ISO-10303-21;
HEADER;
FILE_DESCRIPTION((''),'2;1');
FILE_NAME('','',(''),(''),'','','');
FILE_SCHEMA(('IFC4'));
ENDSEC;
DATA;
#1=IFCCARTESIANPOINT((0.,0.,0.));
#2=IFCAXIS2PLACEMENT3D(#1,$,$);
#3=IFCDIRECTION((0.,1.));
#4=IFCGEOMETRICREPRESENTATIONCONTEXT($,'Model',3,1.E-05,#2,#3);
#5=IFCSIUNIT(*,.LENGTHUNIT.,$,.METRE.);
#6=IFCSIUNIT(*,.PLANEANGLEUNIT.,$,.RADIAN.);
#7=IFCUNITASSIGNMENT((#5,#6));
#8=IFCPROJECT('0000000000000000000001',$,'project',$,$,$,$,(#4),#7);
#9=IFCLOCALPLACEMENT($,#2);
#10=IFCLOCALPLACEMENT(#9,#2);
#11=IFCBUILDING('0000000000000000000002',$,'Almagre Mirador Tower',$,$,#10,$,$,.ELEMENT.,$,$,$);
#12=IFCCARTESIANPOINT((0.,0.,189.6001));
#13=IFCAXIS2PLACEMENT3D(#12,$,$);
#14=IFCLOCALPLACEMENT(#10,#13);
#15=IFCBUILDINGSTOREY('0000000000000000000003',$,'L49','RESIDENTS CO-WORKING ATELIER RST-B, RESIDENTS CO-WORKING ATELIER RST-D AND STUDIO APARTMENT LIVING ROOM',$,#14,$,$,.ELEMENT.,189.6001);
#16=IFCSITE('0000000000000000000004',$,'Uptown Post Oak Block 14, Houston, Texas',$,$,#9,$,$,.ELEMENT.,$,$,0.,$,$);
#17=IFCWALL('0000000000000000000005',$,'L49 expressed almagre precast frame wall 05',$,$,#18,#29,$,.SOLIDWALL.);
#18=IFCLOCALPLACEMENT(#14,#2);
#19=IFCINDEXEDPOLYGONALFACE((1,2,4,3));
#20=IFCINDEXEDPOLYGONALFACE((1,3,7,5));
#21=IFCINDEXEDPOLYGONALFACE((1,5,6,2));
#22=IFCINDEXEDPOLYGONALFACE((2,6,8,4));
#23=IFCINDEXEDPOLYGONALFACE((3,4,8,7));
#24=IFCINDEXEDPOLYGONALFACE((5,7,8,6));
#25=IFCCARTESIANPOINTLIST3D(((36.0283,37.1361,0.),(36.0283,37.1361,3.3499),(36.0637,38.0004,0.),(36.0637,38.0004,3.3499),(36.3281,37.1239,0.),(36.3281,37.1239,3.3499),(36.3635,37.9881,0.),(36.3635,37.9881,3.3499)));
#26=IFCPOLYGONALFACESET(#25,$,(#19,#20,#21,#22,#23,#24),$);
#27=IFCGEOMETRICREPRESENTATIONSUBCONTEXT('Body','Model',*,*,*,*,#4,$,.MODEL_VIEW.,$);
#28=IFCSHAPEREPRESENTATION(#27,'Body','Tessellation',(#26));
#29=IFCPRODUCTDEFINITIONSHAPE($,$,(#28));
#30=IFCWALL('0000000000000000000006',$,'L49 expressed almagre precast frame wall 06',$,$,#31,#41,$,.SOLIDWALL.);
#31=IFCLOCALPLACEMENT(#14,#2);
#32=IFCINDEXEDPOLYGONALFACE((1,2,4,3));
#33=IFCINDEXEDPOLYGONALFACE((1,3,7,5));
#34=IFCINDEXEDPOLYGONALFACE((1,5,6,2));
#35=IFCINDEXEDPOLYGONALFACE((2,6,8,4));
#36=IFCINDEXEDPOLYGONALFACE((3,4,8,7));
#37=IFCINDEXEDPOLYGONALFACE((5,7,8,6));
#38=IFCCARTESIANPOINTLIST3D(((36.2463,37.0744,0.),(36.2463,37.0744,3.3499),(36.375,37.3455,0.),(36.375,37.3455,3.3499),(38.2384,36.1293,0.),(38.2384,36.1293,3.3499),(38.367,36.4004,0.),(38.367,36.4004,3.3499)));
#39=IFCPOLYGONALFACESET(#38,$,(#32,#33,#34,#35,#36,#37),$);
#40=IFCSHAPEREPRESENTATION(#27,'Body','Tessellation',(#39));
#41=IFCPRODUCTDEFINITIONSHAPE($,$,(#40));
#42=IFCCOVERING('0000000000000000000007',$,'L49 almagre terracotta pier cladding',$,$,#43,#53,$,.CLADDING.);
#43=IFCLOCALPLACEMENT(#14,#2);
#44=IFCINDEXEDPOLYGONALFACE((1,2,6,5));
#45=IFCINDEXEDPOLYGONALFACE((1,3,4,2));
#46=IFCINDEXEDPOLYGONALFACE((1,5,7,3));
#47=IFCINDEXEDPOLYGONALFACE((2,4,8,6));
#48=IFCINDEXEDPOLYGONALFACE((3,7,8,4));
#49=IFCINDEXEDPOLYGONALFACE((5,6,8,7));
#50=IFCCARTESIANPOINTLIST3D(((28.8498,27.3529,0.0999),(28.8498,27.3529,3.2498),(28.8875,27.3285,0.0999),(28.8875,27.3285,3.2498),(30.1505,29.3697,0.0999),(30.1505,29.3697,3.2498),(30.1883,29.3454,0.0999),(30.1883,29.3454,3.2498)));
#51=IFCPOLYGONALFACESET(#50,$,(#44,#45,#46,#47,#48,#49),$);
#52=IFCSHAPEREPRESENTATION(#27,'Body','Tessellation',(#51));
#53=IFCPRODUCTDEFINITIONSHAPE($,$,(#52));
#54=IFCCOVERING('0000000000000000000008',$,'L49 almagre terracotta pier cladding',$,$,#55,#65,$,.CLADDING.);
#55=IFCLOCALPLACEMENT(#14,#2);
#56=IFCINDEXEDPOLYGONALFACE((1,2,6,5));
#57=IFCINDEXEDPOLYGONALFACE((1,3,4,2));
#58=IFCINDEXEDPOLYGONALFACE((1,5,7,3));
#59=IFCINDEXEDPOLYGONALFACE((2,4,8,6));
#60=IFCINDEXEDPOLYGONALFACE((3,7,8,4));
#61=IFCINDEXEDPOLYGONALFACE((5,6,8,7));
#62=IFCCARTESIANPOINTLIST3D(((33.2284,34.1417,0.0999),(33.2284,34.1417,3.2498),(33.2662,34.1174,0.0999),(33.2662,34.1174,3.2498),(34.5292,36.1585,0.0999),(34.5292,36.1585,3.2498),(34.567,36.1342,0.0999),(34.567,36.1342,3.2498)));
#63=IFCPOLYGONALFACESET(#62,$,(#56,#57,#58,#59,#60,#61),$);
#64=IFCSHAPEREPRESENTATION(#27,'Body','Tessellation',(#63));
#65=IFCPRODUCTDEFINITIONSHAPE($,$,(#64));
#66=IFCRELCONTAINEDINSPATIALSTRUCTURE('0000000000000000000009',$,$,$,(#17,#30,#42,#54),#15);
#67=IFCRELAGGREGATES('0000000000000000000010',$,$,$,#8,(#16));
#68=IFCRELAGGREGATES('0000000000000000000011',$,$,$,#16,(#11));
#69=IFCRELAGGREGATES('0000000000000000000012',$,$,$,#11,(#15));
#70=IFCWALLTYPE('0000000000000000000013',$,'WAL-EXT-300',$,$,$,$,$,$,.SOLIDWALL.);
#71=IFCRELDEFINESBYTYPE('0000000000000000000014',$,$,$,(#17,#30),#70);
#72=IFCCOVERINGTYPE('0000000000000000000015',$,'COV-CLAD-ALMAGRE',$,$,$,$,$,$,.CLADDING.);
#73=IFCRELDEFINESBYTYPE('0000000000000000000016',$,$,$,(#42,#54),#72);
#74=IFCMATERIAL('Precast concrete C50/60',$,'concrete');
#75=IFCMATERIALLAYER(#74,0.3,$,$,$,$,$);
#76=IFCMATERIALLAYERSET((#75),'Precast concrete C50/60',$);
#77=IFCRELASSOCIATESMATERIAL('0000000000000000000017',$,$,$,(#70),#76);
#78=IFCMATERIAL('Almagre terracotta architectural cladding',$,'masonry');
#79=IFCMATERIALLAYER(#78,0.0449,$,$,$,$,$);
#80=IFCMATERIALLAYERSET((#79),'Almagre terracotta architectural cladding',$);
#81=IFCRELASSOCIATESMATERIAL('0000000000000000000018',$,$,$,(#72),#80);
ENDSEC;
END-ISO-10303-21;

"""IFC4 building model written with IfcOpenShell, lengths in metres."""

from ifc_helpers import new_model, si_unit, direction, frame, frame_2d, origin, origin_2d, place, context, subcontext, project, spatial, rectangle, extrude, material, layer, layer_set, type_object, element, save


model = new_model("IFC4")

# Units and contexts
model_context = context("Model", 3, precision=1e-05, world=origin(), true_north=direction((0.0, 1.0)))
body_context = subcontext(model_context, "Body", "Model", "MODEL_VIEW")
ifc_project = project(units=[si_unit("LENGTHUNIT", "METRE"), si_unit("PLANEANGLEUNIT", "RADIAN")], contexts=[model_context])

# Site, building, storey
site_placement = place(None, origin())
site = spatial("IfcSite", under=ifc_project, at=site_placement, Name="Uptown Post Oak Block 14, Houston, Texas", CompositionType="ELEMENT", RefElevation=0.0)
building_placement = place(site_placement, origin())
building = spatial("IfcBuilding", under=site, at=building_placement, Name="Almagre Mirador Tower", CompositionType="ELEMENT")
storey_placement = place(building_placement, frame((0.0, 0.0, 189.6001)))
storey = spatial("IfcBuildingStorey", under=building, at=storey_placement, Name="L49", Description="RESIDENTS CO-WORKING ATELIER RST-B, RESIDENTS CO-WORKING ATELIER RST-D AND STUDIO APARTMENT LIVING ROOM", CompositionType="ELEMENT", Elevation=189.6001)

# Shared definitions
ifc_material_1 = material(Name="Precast concrete C50/60", Category="concrete")
ifc_layer_1 = layer(ifc_material_1, 0.3)
ifc_layer_set_1 = layer_set([ifc_layer_1], Name="Precast concrete C50/60")
wall_type = type_object("IfcWallType", Name="WAL-EXT-300", PredefinedType="SOLIDWALL", material=ifc_layer_set_1)

# Walls
wall_1_placement = place(storey_placement, frame((36.2136, 37.9944, 0.0), z_axis=(0.0, 0.0, 1.0), x_axis=(-0.040926, -0.999162, 0.0)))
element("IfcWall", 1, at=wall_1_placement, inside=storey, type_object=wall_type, Name="L49 expressed almagre precast frame wall 05", PredefinedType="SOLIDWALL", context=body_context, shape_type="SweptSolid", body=[
    extrude(rectangle(XDim=0.865, YDim=0.3, at=frame_2d((0.4326, 0.0))), origin(), (0.0, 0.0, 1.0), 3.3499),
])
wall_2_placement = place(storey_placement, frame((36.3105, 37.21, 0.0), z_axis=(0.0, 0.0, 1.0), x_axis=(0.903472, -0.428648, 0.0)))
element("IfcWall", 2, at=wall_2_placement, inside=storey, type_object=wall_type, Name="L49 expressed almagre precast frame wall 06", PredefinedType="SOLIDWALL", context=body_context, shape_type="SweptSolid", body=[
    extrude(rectangle(XDim=2.2048, YDim=0.3, at=frame_2d((1.1025, 0.0))), origin(), (0.0, 0.0, 1.0), 3.3499),
])

# Coverings
ifc_material_2 = material(Name="Almagre terracotta architectural cladding", Category="masonry")
ifc_layer_2 = layer(ifc_material_2, 0.0449)
ifc_layer_set_2 = layer_set([ifc_layer_2], Name="Almagre terracotta architectural cladding")
covering_type = type_object("IfcCoveringType", Name="COV-CLAD-ALMAGRE", PredefinedType="CLADDING", material=ifc_layer_set_2)
for number, where, z_axis, x_axis, name in (
    (3, (29.519, 28.3491, 0.0999), (0.0, 0.0, 1.0), (0.542002, 0.840377, 0.0), "L49 almagre terracotta pier cladding"),
    (4, (33.8977, 35.1379, 0.0999), (0.0, 0.0, 1.0), (0.542016, 0.840368, 0.0), "L49 almagre terracotta pier cladding"),
):
    element("IfcCovering", number, at=place(storey_placement, frame(where, z_axis=z_axis, x_axis=x_axis)), inside=storey, type_object=covering_type, Name=name, PredefinedType="CLADDING", context=body_context, shape_type="SweptSolid", body=[
        extrude(rectangle(XDim=2.3999, YDim=0.0449, at=origin_2d()), origin(), (0.0, 0.0, 1.0), 3.1499),
    ])

save(model, "model.ifc")
